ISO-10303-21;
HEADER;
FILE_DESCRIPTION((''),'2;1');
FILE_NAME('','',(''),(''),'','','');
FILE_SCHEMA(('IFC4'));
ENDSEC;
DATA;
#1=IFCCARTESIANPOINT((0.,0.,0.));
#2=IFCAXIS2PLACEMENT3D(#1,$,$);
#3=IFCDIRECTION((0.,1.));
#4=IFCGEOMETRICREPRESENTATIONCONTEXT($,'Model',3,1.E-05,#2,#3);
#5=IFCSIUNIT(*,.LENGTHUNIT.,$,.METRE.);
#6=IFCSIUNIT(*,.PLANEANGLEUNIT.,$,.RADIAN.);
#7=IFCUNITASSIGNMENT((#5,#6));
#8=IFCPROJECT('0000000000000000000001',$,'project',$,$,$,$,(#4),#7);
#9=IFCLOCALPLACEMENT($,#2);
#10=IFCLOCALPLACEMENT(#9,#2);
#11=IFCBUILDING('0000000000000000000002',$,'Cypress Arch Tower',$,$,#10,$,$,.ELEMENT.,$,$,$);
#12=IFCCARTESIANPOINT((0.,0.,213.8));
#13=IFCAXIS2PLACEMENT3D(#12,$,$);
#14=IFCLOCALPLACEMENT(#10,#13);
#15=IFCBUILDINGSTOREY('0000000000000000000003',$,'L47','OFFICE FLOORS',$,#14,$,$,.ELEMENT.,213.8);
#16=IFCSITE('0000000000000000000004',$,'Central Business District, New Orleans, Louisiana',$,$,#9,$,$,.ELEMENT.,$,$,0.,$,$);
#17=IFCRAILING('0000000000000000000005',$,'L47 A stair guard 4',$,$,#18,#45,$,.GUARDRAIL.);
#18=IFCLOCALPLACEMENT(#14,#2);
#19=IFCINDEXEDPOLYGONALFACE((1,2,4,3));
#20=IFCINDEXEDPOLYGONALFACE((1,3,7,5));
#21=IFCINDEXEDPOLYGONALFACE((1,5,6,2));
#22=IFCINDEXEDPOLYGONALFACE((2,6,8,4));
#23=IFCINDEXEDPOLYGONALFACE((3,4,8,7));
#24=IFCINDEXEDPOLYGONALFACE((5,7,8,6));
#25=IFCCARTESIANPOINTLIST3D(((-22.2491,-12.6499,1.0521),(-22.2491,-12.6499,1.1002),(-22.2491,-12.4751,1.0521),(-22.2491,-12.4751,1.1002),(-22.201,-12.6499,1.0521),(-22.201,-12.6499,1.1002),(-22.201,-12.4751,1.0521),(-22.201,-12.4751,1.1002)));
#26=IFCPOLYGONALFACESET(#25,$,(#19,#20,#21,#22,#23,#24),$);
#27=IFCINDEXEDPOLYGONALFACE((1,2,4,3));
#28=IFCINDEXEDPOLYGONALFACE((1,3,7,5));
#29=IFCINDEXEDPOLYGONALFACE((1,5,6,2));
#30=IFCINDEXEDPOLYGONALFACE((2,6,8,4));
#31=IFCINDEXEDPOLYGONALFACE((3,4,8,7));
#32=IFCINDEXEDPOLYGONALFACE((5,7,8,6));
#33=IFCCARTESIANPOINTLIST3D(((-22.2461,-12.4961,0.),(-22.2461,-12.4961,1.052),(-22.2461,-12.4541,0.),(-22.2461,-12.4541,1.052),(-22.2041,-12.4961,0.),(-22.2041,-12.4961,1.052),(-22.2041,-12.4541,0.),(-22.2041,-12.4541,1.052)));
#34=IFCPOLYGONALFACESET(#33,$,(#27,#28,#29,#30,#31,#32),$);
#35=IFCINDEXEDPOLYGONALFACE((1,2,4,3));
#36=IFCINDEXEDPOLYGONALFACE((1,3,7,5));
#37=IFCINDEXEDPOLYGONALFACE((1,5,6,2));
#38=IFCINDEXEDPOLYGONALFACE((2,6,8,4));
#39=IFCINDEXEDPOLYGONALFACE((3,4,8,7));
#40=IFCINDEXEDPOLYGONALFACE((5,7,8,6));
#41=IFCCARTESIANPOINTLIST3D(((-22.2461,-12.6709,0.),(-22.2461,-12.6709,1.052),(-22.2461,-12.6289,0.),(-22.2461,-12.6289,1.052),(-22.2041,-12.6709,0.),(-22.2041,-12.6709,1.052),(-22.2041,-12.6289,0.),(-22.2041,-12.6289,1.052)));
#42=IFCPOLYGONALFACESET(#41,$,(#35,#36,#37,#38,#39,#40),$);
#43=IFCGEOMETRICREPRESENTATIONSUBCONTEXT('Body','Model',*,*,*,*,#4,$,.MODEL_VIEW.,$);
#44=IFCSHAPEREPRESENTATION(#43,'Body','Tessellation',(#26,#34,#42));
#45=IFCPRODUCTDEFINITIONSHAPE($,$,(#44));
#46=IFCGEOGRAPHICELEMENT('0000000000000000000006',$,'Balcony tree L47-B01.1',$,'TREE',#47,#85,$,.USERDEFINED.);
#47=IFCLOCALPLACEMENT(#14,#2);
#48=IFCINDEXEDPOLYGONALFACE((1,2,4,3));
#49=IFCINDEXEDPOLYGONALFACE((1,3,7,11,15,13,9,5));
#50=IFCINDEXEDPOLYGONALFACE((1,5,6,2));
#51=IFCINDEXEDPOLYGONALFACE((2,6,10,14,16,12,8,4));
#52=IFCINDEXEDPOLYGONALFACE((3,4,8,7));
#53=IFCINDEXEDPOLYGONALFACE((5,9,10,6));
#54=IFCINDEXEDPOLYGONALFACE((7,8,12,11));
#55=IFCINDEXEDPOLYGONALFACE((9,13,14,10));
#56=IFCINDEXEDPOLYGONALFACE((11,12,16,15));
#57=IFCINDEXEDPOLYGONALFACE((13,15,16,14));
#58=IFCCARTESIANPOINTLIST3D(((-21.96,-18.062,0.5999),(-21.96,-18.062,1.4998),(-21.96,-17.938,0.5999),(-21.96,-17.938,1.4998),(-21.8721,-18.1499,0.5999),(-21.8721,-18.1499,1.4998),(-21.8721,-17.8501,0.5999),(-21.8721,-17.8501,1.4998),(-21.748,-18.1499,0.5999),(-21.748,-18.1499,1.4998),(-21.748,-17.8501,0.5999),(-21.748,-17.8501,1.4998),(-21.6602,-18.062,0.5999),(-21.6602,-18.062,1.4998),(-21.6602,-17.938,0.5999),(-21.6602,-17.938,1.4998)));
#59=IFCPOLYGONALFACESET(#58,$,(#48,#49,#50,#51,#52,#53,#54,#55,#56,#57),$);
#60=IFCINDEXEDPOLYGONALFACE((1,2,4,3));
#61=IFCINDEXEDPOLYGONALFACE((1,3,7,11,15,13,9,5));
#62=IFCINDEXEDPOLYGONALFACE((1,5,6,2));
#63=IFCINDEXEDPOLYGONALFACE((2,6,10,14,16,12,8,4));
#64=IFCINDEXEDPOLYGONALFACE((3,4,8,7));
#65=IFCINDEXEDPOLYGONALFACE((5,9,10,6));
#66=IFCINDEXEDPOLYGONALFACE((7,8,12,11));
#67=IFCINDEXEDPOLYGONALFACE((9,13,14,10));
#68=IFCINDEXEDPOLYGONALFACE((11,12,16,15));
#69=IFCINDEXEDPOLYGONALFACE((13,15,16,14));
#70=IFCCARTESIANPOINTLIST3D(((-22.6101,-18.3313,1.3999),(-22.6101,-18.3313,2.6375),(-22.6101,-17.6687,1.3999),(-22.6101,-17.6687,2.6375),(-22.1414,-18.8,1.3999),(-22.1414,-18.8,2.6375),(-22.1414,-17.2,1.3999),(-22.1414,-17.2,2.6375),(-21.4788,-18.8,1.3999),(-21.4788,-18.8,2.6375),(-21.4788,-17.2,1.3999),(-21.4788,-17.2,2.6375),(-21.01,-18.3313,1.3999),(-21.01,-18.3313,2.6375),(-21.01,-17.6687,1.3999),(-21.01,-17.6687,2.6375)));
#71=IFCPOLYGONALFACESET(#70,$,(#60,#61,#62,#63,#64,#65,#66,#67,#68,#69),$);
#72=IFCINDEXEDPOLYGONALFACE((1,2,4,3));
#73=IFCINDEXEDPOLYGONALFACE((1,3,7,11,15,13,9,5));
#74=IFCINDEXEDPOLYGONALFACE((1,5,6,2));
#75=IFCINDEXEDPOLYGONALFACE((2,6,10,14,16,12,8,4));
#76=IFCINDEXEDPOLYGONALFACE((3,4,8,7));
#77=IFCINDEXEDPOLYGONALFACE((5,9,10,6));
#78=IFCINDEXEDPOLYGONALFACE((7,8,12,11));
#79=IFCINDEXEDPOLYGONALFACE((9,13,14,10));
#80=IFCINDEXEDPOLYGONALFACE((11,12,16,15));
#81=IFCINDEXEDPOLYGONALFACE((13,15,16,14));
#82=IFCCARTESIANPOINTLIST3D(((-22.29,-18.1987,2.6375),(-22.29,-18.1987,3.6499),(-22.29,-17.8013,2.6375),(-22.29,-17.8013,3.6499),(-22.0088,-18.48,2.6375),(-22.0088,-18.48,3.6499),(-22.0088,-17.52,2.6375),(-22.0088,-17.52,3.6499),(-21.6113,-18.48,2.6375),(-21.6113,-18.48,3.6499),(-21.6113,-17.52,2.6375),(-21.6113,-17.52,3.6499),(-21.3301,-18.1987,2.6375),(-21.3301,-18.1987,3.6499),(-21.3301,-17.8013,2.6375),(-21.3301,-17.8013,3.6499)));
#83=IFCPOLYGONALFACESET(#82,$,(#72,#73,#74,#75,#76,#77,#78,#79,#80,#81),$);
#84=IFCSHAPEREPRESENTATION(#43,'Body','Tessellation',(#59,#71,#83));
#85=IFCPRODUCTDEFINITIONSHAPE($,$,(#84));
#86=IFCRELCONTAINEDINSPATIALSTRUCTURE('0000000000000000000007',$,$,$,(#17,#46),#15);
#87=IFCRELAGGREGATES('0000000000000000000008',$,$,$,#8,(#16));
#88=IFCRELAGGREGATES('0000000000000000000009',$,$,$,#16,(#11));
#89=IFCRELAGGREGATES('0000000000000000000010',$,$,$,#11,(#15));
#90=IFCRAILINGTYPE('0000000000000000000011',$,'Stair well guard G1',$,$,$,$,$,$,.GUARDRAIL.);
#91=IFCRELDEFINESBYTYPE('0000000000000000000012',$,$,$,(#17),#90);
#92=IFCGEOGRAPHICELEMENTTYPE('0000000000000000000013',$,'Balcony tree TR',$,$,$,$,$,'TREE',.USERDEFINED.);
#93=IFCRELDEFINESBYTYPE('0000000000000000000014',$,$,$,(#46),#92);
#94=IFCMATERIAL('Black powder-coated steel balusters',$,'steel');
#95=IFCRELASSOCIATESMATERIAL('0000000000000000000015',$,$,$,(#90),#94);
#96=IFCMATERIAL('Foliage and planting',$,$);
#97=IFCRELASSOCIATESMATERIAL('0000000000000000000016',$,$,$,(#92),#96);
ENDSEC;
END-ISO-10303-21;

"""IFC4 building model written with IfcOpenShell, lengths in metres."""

from ifc_helpers import new_model, si_unit, direction, frame, origin, origin_2d, place, context, subcontext, project, spatial, polyline, rectangle, outline, extrude, material, type_object, element, save


model = new_model("IFC4")

# Units and contexts
model_context = context("Model", 3, precision=1e-05, world=origin(), true_north=direction((0.0, 1.0)))
body_context = subcontext(model_context, "Body", "Model", "MODEL_VIEW")
ifc_project = project(units=[si_unit("LENGTHUNIT", "METRE"), si_unit("PLANEANGLEUNIT", "RADIAN")], contexts=[model_context])

# Site, building, storey
site_placement = place(None, origin())
site = spatial("IfcSite", under=ifc_project, at=site_placement, Name="Central Business District, New Orleans, Louisiana", CompositionType="ELEMENT", RefElevation=0.0)
building_placement = place(site_placement, origin())
building = spatial("IfcBuilding", under=site, at=building_placement, Name="Cypress Arch Tower", CompositionType="ELEMENT")
storey_placement = place(building_placement, frame((0.0, 0.0, 213.8)))
storey = spatial("IfcBuildingStorey", under=building, at=storey_placement, Name="L47", Description="OFFICE FLOORS", CompositionType="ELEMENT", Elevation=213.8)

# Railing
ifc_material_1 = material(Name="Black powder-coated steel balusters", Category="steel")
railing_type_1 = type_object("IfcRailingType", Name="Stair well guard G1", PredefinedType="GUARDRAIL", material=ifc_material_1)
railing_1_placement = place(storey_placement, frame((-22.2251, -12.4751, 0.0)))
element("IfcRailing", 1, at=railing_1_placement, inside=storey, type_object=railing_type_1, Name="L47 A stair guard 4", PredefinedType="GUARDRAIL", context=body_context, shape_type="SweptSolid", body=[
    extrude(rectangle(XDim=0.0481, YDim=0.0481, at=origin_2d()), frame((0.0, 0.0, 1.0762), z_axis=(0.0, -1.0, 0.0), x_axis=(1.0, 0.0, 0.0)), (0.0, 0.0, 1.0), 0.1748),
    extrude(rectangle(XDim=0.042, YDim=0.042, at=origin_2d()), origin(), (0.0, 0.0, 1.0), 1.052),
    extrude(rectangle(XDim=0.042, YDim=0.042, at=origin_2d()), frame((0.0, -0.1748, 0.0)), (0.0, 0.0, 1.0), 1.052),
])

# Geographic element
ifc_material_2 = material(Name="Foliage and planting")
geographic_element_type = type_object("IfcGeographicElementType", Name="Balcony tree TR", ElementType="TREE", PredefinedType="USERDEFINED", material=ifc_material_2)
geographic_element_placement = place(storey_placement, frame((-21.8101, -18.0, 0.5999), z_axis=(0.0, 0.0, 1.0), x_axis=(1.0, 0.0, 0.0)))
element("IfcGeographicElement", 2, at=geographic_element_placement, inside=storey, type_object=geographic_element_type, Name="Balcony tree L47-B01.1", ObjectType="TREE", PredefinedType="USERDEFINED", context=body_context, shape_type="SweptSolid", body=[
    extrude(outline(polyline([(0.1499, 0.062), (0.062, 0.1499), (-0.062, 0.1499), (-0.1499, 0.062), (-0.1499, -0.062), (-0.062, -0.1499), (0.062, -0.1499), (0.1499, -0.062), (0.1499, 0.062)])), origin(), (0.0, 0.0, 1.0), 0.8999),
    extrude(outline(polyline([(0.8, 0.3313), (0.3313, 0.8), (-0.3313, 0.8), (-0.8, 0.3313), (-0.8, -0.3313), (-0.3313, -0.8), (0.3313, -0.8), (0.8, -0.3313), (0.8, 0.3313)])), frame((0.0, 0.0, 0.8)), (0.0, 0.0, 1.0), 1.2375),
    extrude(outline(polyline([(0.48, 0.1987), (0.1987, 0.48), (-0.1987, 0.48), (-0.48, 0.1987), (-0.48, -0.1987), (-0.1987, -0.48), (0.1987, -0.48), (0.48, -0.1987), (0.48, 0.1987)])), frame((0.0, 0.0, 2.0376)), (0.0, 0.0, 1.0), 1.0125),
])

save(model, "model.ifc")
